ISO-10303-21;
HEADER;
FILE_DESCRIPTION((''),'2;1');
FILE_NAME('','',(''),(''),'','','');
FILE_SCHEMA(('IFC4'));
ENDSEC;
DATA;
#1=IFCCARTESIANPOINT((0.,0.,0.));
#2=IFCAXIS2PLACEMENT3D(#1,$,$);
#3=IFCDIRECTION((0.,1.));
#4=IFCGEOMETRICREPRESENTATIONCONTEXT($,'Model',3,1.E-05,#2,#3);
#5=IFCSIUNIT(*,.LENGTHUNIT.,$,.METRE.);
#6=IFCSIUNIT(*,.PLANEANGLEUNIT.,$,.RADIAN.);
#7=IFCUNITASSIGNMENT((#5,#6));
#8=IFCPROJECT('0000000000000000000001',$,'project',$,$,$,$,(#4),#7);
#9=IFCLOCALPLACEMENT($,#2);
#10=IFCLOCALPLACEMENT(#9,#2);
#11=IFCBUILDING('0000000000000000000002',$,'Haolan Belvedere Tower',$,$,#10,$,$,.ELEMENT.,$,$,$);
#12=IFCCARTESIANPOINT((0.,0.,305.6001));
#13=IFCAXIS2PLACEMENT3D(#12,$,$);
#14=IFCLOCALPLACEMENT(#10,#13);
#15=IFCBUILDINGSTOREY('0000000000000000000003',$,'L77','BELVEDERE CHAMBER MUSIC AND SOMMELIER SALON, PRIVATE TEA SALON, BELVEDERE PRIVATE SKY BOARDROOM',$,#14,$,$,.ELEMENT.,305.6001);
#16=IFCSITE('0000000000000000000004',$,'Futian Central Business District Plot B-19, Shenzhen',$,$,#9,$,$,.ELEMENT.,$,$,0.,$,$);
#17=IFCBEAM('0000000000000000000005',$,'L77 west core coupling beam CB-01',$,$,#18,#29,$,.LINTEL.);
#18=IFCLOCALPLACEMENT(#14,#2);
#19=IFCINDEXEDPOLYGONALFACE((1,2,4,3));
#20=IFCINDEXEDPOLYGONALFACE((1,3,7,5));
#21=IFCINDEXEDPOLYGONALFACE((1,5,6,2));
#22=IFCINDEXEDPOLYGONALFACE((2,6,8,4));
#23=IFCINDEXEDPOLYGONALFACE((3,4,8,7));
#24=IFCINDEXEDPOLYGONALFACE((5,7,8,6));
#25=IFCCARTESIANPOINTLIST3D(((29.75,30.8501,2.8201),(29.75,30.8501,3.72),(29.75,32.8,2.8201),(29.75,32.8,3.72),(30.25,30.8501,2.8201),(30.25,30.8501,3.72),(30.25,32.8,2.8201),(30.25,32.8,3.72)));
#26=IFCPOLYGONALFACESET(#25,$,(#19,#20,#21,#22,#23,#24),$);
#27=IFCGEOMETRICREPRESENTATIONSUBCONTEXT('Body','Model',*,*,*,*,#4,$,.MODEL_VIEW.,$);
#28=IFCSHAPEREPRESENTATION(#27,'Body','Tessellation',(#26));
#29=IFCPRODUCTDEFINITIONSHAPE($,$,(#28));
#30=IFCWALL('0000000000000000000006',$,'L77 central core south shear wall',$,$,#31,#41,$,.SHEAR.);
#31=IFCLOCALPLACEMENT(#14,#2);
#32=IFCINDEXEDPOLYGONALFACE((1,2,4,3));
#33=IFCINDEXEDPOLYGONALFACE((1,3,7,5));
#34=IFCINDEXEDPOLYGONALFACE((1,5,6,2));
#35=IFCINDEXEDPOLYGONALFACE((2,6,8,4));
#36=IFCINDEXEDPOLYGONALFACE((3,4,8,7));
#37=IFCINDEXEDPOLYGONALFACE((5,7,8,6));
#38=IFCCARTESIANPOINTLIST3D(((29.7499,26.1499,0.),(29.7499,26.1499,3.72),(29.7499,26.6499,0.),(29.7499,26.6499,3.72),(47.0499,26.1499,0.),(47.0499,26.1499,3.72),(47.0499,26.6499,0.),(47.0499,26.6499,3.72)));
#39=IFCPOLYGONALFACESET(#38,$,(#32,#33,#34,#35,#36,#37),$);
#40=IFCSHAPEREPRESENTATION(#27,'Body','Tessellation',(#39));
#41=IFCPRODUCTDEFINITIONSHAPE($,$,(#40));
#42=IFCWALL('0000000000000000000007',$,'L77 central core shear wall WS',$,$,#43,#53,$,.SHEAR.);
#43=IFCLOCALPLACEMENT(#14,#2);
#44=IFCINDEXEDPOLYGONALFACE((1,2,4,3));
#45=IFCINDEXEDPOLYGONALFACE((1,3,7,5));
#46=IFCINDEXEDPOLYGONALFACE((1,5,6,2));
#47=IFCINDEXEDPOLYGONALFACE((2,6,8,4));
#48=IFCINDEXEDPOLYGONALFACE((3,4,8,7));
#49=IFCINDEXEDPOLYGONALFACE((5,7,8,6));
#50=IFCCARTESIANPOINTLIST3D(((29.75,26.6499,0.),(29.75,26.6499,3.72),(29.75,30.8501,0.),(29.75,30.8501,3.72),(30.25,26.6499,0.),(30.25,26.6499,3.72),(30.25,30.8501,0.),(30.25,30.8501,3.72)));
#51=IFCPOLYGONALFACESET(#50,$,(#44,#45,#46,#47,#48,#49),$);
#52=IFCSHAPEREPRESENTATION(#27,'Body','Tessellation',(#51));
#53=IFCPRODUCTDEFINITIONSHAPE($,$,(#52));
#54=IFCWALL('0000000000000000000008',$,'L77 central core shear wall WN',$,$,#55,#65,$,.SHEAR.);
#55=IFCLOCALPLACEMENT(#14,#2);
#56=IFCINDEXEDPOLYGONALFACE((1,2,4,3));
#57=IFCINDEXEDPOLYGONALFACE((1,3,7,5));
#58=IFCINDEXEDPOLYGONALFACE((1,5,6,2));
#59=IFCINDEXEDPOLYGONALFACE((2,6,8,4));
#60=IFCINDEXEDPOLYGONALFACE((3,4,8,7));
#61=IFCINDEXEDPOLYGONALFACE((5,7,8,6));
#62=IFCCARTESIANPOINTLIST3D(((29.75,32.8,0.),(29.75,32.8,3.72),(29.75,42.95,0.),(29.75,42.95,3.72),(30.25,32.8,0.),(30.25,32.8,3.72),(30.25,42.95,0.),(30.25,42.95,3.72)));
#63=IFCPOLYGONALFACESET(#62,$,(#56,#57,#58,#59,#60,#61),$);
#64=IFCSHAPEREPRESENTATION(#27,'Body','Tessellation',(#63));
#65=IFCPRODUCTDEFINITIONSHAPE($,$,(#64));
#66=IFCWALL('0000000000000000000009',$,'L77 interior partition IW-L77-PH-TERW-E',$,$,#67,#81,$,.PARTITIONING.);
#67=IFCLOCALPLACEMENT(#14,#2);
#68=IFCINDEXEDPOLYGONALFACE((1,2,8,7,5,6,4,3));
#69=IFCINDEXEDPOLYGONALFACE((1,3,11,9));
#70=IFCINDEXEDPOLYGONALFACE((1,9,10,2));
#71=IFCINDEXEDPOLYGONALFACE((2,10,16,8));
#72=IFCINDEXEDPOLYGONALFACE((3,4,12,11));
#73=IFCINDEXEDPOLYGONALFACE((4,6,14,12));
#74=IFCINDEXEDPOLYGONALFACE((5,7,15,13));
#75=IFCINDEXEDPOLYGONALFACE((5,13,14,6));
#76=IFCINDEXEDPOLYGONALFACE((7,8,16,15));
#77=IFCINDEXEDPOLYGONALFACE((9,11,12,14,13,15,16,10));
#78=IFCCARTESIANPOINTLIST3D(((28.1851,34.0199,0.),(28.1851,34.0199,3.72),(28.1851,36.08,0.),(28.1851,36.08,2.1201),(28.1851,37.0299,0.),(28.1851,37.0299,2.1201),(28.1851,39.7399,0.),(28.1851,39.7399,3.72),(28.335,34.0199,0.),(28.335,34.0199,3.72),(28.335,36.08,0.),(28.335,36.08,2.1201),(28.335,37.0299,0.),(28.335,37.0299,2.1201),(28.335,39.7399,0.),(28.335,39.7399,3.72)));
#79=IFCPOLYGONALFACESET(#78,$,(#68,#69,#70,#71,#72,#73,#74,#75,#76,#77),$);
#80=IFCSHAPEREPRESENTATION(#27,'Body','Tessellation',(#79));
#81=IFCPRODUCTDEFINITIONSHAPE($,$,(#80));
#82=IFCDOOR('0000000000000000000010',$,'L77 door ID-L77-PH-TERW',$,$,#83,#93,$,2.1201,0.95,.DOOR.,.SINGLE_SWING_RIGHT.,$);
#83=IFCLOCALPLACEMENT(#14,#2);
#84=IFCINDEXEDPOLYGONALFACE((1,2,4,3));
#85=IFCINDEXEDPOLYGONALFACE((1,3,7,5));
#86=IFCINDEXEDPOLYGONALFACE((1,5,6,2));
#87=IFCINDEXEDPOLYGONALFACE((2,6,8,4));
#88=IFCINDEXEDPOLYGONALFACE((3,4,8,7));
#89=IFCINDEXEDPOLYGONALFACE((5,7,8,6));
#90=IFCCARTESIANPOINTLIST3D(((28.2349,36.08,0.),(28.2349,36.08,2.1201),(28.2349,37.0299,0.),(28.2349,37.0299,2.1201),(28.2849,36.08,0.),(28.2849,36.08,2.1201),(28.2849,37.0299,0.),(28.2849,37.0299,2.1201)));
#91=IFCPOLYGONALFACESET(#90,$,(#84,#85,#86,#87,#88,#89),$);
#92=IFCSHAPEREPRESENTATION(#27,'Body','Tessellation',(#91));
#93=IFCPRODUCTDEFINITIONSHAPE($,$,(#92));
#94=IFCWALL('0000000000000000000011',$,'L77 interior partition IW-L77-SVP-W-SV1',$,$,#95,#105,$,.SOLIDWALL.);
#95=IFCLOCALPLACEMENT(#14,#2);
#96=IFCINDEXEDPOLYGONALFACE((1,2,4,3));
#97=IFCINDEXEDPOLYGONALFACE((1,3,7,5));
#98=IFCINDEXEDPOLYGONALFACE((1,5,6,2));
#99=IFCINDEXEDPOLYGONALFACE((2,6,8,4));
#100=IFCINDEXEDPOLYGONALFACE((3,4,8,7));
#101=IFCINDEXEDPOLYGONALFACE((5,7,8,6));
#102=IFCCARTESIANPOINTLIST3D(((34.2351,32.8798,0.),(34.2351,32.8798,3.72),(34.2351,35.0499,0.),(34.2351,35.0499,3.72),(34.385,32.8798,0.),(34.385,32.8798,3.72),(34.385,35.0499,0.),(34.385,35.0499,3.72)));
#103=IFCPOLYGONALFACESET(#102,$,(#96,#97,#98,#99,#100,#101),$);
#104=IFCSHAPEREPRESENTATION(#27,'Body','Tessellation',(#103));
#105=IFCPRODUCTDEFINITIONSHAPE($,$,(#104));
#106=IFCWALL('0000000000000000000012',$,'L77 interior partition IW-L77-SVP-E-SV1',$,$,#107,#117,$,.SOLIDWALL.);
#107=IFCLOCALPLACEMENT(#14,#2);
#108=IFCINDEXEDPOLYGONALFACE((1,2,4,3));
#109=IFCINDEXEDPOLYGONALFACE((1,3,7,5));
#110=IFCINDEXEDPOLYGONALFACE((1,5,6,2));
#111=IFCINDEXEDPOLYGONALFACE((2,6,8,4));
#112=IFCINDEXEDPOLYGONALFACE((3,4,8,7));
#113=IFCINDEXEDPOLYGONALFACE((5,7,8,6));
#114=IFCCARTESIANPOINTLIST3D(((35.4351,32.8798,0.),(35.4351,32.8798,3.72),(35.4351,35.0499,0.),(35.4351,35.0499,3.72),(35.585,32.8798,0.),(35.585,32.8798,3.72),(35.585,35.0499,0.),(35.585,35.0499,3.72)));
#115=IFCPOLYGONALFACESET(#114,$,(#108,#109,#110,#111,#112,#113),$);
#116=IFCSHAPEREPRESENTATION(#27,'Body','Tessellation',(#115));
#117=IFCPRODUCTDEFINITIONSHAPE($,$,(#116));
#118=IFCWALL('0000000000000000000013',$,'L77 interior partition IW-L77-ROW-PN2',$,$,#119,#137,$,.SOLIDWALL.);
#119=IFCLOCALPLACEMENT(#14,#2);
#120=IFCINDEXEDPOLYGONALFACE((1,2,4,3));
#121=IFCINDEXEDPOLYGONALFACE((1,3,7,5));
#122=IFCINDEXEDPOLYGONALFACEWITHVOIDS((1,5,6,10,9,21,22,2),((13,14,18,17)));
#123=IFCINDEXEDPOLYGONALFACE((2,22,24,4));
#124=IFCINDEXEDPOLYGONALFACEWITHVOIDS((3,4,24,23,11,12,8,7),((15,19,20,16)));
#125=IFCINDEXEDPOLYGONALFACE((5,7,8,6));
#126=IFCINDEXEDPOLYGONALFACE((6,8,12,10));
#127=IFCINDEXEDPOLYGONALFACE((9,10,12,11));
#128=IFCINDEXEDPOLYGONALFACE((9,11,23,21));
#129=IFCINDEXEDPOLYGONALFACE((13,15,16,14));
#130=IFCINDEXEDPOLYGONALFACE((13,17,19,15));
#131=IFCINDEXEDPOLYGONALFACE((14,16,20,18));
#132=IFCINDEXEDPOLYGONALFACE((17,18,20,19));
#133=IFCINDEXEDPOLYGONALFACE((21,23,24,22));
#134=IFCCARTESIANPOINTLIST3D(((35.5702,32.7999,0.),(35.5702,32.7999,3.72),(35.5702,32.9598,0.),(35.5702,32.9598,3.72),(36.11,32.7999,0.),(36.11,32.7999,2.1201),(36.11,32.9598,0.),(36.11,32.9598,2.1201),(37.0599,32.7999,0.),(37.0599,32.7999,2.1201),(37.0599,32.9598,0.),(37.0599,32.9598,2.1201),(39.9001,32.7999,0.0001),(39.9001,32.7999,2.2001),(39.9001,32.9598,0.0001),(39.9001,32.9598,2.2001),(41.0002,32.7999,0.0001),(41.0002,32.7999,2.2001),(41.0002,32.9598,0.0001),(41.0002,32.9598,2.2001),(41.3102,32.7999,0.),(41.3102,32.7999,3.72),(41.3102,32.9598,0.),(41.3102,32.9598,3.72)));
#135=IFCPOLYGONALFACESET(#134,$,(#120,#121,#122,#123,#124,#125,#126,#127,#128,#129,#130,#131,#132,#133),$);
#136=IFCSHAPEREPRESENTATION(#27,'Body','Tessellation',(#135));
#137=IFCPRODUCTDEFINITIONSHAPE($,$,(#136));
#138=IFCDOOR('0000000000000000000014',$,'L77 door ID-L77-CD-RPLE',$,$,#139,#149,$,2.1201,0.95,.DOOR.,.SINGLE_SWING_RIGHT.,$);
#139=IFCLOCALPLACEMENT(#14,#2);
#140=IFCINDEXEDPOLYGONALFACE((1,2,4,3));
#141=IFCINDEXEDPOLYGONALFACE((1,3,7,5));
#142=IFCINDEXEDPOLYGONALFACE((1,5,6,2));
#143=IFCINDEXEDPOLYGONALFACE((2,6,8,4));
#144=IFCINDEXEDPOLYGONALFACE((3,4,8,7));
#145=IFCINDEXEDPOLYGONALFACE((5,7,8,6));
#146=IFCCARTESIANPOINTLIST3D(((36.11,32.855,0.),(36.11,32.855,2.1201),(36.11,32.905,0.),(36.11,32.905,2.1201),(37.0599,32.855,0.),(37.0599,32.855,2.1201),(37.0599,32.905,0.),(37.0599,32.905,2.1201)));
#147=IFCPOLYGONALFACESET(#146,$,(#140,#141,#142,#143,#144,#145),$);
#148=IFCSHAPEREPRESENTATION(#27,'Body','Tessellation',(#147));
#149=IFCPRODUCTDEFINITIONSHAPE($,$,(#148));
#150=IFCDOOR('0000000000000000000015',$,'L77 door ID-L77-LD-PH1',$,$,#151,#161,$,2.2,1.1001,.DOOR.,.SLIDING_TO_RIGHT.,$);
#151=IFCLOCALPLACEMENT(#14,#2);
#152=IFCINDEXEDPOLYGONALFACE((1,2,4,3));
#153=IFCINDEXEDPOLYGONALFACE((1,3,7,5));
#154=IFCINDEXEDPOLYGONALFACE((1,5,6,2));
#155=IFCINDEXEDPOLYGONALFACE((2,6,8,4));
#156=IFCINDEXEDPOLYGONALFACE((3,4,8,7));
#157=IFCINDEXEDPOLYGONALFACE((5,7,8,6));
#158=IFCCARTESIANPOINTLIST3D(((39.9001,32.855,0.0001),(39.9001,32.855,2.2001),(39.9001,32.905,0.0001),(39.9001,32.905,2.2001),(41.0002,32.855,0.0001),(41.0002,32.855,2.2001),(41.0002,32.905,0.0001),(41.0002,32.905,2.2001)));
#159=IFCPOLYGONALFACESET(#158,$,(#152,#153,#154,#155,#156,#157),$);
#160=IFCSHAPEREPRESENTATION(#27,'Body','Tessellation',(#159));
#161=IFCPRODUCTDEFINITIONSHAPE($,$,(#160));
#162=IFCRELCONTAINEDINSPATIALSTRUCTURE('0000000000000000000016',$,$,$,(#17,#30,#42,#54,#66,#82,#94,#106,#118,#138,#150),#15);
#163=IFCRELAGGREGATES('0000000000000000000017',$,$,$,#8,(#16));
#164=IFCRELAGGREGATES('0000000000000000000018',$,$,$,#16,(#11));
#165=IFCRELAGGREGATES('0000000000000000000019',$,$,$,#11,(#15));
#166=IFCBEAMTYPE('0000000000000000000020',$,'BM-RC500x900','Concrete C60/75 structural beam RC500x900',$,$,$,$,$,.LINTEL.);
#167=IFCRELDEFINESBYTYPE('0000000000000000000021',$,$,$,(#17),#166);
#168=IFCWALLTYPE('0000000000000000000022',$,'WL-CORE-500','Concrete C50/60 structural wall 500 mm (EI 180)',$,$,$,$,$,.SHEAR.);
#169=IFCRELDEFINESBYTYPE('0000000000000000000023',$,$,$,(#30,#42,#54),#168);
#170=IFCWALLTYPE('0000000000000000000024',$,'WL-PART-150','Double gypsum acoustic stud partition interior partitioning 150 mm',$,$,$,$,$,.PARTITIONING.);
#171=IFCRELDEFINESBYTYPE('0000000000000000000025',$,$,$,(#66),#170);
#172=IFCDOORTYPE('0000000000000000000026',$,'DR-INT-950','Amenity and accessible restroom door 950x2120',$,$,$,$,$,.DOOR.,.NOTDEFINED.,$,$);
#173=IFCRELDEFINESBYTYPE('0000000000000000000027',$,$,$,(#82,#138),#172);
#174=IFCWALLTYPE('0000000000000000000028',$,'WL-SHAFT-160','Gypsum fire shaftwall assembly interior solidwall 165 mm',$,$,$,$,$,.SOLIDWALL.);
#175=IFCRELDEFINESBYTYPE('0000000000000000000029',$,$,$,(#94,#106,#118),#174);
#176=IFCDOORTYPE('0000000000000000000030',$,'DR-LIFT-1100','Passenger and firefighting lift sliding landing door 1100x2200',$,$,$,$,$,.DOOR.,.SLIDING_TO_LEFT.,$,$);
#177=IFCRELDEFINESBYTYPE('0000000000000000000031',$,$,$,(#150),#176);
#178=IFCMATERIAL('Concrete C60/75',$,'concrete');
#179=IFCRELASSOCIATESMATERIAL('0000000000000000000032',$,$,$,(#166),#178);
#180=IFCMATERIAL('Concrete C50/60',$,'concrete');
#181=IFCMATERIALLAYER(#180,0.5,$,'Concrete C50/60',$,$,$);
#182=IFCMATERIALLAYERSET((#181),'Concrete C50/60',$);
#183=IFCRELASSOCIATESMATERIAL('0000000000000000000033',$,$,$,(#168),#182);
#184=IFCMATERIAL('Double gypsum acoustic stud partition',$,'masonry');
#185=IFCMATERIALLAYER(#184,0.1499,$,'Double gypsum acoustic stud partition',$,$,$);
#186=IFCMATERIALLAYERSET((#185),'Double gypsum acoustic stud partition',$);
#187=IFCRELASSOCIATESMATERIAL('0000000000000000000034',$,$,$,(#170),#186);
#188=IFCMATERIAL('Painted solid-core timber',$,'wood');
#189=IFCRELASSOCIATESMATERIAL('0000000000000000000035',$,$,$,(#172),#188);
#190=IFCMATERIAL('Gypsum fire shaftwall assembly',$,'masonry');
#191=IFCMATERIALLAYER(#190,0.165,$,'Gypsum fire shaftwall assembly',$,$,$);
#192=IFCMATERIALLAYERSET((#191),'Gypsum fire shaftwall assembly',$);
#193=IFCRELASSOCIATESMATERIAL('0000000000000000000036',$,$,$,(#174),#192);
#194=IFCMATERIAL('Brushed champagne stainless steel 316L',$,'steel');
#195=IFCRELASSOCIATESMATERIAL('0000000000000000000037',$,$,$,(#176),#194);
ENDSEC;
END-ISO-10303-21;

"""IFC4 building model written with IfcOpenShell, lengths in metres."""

from ifc_helpers import new_model, si_unit, direction, frame, frame_2d, origin, origin_2d, place, context, subcontext, project, spatial, rectangle, extrude, material, layer, layer_set, material_profile, profile_set, type_object, element, fill, save


model = new_model("IFC4")

# Units and contexts
model_context = context("Model", 3, precision=1e-05, world=origin(), true_north=direction((0.0, 1.0)))
body_context = subcontext(model_context, "Body", "Model", "MODEL_VIEW")
ifc_project = project(units=[si_unit("LENGTHUNIT", "METRE"), si_unit("PLANEANGLEUNIT", "RADIAN")], contexts=[model_context])

# Site, building, storey
site_placement = place(None, origin())
site = spatial("IfcSite", under=ifc_project, at=site_placement, Name="Futian Central Business District Plot B-19, Shenzhen", CompositionType="ELEMENT", RefElevation=0.0)
building_placement = place(site_placement, origin())
building = spatial("IfcBuilding", under=site, at=building_placement, Name="Haolan Belvedere Tower", CompositionType="ELEMENT")
storey_placement = place(building_placement, frame((0.0, 0.0, 305.6001)))
storey = spatial("IfcBuildingStorey", under=building, at=storey_placement, Name="L77", Description="BELVEDERE CHAMBER MUSIC AND SOMMELIER SALON, PRIVATE TEA SALON, BELVEDERE PRIVATE SKY BOARDROOM", CompositionType="ELEMENT", Elevation=305.6001)

# Beam
ifc_material_1 = material(Name="Concrete C60/75", Category="concrete")
ifc_material_profile = material_profile(ifc_material_1, rectangle(XDim=0.5, YDim=0.8999, at=origin_2d()), Name="Concrete C60/75")
ifc_profile_set = profile_set([ifc_material_profile], Name="Concrete C60/75")
beam_type = type_object("IfcBeamType", Name="BM-RC500x900", Description="Concrete C60/75 structural beam RC500x900", PredefinedType="LINTEL", material=ifc_profile_set)
beam_placement = place(storey_placement, frame((30.0, 30.8501, 3.27), z_axis=(0.0, 1.0, 0.0), x_axis=(-1.0, 0.0, 0.0)))
element("IfcBeam", 1, at=beam_placement, inside=storey, type_object=beam_type, Name="L77 west core coupling beam CB-01", PredefinedType="LINTEL", context=body_context, shape_type="SweptSolid", body=[
    extrude(rectangle(XDim=0.5, YDim=0.8999, at=origin_2d()), origin(), (0.0, 0.0, 1.0), 1.95),
])

# Walls
ifc_material_2 = material(Name="Concrete C50/60", Category="concrete")
ifc_layer_1 = layer(ifc_material_2, 0.5, Name="Concrete C50/60")
ifc_layer_set_1 = layer_set([ifc_layer_1], Name="Concrete C50/60")
wall_type_1 = type_object("IfcWallType", Name="WL-CORE-500", Description="Concrete C50/60 structural wall 500 mm (EI 180)", PredefinedType="SHEAR", material=ifc_layer_set_1)
wall_1_placement = place(storey_placement, frame((29.75, 26.3999, 0.0), z_axis=(0.0, 0.0, 1.0), x_axis=(1.0, 0.0, 0.0)))
element("IfcWall", 2, at=wall_1_placement, inside=storey, type_object=wall_type_1, Name="L77 central core south shear wall", PredefinedType="SHEAR", context=body_context, shape_type="SweptSolid", body=[
    extrude(rectangle(XDim=17.3, YDim=0.5, at=frame_2d((8.6499, 0.0))), origin(), (0.0, 0.0, 1.0), 3.72),
])
wall_2_placement = place(storey_placement, frame((30.0, 26.6499, 0.0), z_axis=(0.0, 0.0, 1.0), x_axis=(0.0, 1.0, 0.0)))
element("IfcWall", 3, at=wall_2_placement, inside=storey, type_object=wall_type_1, Name="L77 central core shear wall WS", PredefinedType="SHEAR", context=body_context, shape_type="SweptSolid", body=[
    extrude(rectangle(XDim=4.2002, YDim=0.5, at=frame_2d((2.1001, 0.0))), origin(), (0.0, 0.0, 1.0), 3.72),
])
wall_3_placement = place(storey_placement, frame((30.0, 32.8, 0.0), z_axis=(0.0, 0.0, 1.0), x_axis=(0.0, 1.0, 0.0)))
element("IfcWall", 4, at=wall_3_placement, inside=storey, type_object=wall_type_1, Name="L77 central core shear wall WN", PredefinedType="SHEAR", context=body_context, shape_type="SweptSolid", body=[
    extrude(rectangle(XDim=10.1499, YDim=0.5, at=frame_2d((5.075, 0.0))), origin(), (0.0, 0.0, 1.0), 3.72),
])

# Wall, opening, door
ifc_material_3 = material(Name="Double gypsum acoustic stud partition", Category="masonry")
ifc_layer_2 = layer(ifc_material_3, 0.1499, Name="Double gypsum acoustic stud partition")
ifc_layer_set_2 = layer_set([ifc_layer_2], Name="Double gypsum acoustic stud partition")
wall_type_2 = type_object("IfcWallType", Name="WL-PART-150", Description="Double gypsum acoustic stud partition interior partitioning 150 mm", PredefinedType="PARTITIONING", material=ifc_layer_set_2)
wall_4_placement = place(storey_placement, frame((28.26, 34.02, 0.0), z_axis=(0.0, 0.0, 1.0), x_axis=(0.0, 1.0, 0.0)))
wall_4 = element("IfcWall", 5, at=wall_4_placement, inside=storey, type_object=wall_type_2, Name="L77 interior partition IW-L77-PH-TERW-E", PredefinedType="PARTITIONING", context=body_context, shape_type="SweptSolid", body=[
    extrude(rectangle(XDim=5.72, YDim=0.1499, at=frame_2d((2.8599, 0.0))), origin(), (0.0, 0.0, 1.0), 3.72),
])
opening_1_placement = place(wall_4_placement, frame((3.01, 0.0, 0.0), z_axis=(0.0, 0.0, 1.0), x_axis=(-1.0, 0.0, 0.0)))
opening_1 = element("IfcOpeningElement", 6, at=opening_1_placement, cuts=wall_4, PredefinedType="OPENING", context=body_context, shape_type="SweptSolid", body=[
    extrude(rectangle(XDim=0.95, YDim=2.1201, at=frame_2d((0.4751, 1.0601))), frame((0.0, 0.085, 0.0), z_axis=(0.0, -1.0, 0.0), x_axis=(1.0, 0.0, 0.0)), (0.0, 0.0, 1.0), 0.1699),
])
ifc_material_4 = material(Name="Painted solid-core timber", Category="wood")
door_type_1 = type_object("IfcDoorType", Name="DR-INT-950", Description="Amenity and accessible restroom door 950x2120", OperationType="NOTDEFINED", PredefinedType="DOOR", material=ifc_material_4)
door_1_placement = place(opening_1_placement, origin())
door_1 = element("IfcDoor", 7, at=door_1_placement, inside=storey, type_object=door_type_1, Name="L77 door ID-L77-PH-TERW", OperationType="SINGLE_SWING_RIGHT", OverallHeight=2.1201, OverallWidth=0.95, PredefinedType="DOOR", context=body_context, shape_type="SweptSolid", body=[
    extrude(rectangle(XDim=0.95, YDim=2.1201, at=frame_2d((0.4751, 1.0601))), frame((0.0, 0.0249, 0.0), z_axis=(0.0, -1.0, 0.0), x_axis=(1.0, 0.0, 0.0)), (0.0, 0.0, 1.0), 0.05),
])
fill(opening_1, door_1)

# Walls
ifc_material_5 = material(Name="Gypsum fire shaftwall assembly", Category="masonry")
ifc_layer_3 = layer(ifc_material_5, 0.165, Name="Gypsum fire shaftwall assembly")
ifc_layer_set_3 = layer_set([ifc_layer_3], Name="Gypsum fire shaftwall assembly")
wall_type_3 = type_object("IfcWallType", Name="WL-SHAFT-160", Description="Gypsum fire shaftwall assembly interior solidwall 165 mm", PredefinedType="SOLIDWALL", material=ifc_layer_set_3)
for number, where, z_axis, x_axis, name in (
    (8, (34.3101, 32.8799, 0.0), (0.0, 0.0, 1.0), (0.0, 1.0, 0.0), "L77 interior partition IW-L77-SVP-W-SV1"),
    (9, (35.51, 32.8799, 0.0), (0.0, 0.0, 1.0), (0.0, 1.0, 0.0), "L77 interior partition IW-L77-SVP-E-SV1"),
):
    element("IfcWall", number, at=place(storey_placement, frame(where, z_axis=z_axis, x_axis=x_axis)), inside=storey, type_object=wall_type_3, Name=name, PredefinedType="SOLIDWALL", context=body_context, shape_type="SweptSolid", body=[
        extrude(rectangle(XDim=2.1702, YDim=0.1499, at=frame_2d((1.085, 0.0))), origin(), (0.0, 0.0, 1.0), 3.72),
    ])

# Wall, openings, doors
wall_5_placement = place(storey_placement, frame((35.5701, 32.8799, 0.0), z_axis=(0.0, 0.0, 1.0), x_axis=(1.0, 0.0, 0.0)))
wall_5 = element("IfcWall", 10, at=wall_5_placement, inside=storey, type_object=wall_type_3, Name="L77 interior partition IW-L77-ROW-PN2", PredefinedType="SOLIDWALL", context=body_context, shape_type="SweptSolid", body=[
    extrude(rectangle(XDim=5.74, YDim=0.1599, at=frame_2d((2.8701, 0.0))), origin(), (0.0, 0.0, 1.0), 3.72),
])
opening_2_placement = place(wall_5_placement, frame((1.49, 0.0, 0.0), z_axis=(0.0, 0.0, 1.0), x_axis=(-1.0, 0.0, 0.0)))
opening_2 = element("IfcOpeningElement", 11, at=opening_2_placement, cuts=wall_5, PredefinedType="OPENING", context=body_context, shape_type="SweptSolid", body=[
    extrude(rectangle(XDim=0.95, YDim=2.1201, at=frame_2d((0.4751, 1.0601))), frame((0.0, 0.0898, 0.0), z_axis=(0.0, -1.0, 0.0), x_axis=(1.0, 0.0, 0.0)), (0.0, 0.0, 1.0), 0.1799),
])
opening_3_placement = place(wall_5_placement, frame((5.4302, 0.0, 0.0), z_axis=(0.0, 0.0, 1.0), x_axis=(-1.0, 0.0, 0.0)))
opening_3 = element("IfcOpeningElement", 12, at=opening_3_placement, cuts=wall_5, PredefinedType="OPENING", context=body_context, shape_type="SweptSolid", body=[
    extrude(rectangle(XDim=1.1001, YDim=2.2, at=frame_2d((0.55, 1.1001))), frame((0.0, 0.0898, 0.0), z_axis=(0.0, -1.0, 0.0), x_axis=(1.0, 0.0, 0.0)), (0.0, 0.0, 1.0), 0.1799),
])
door_2_placement = place(opening_2_placement, origin())
door_2 = element("IfcDoor", 13, at=door_2_placement, inside=storey, type_object=door_type_1, Name="L77 door ID-L77-CD-RPLE", OperationType="SINGLE_SWING_RIGHT", OverallHeight=2.1201, OverallWidth=0.95, PredefinedType="DOOR", context=body_context, shape_type="SweptSolid", body=[
    extrude(rectangle(XDim=0.95, YDim=2.1201, at=frame_2d((0.4751, 1.0601))), frame((0.0, 0.0249, 0.0), z_axis=(0.0, -1.0, 0.0), x_axis=(1.0, 0.0, 0.0)), (0.0, 0.0, 1.0), 0.05),
])
fill(opening_2, door_2)
ifc_material_6 = material(Name="Brushed champagne stainless steel 316L", Category="steel")
door_type_2 = type_object("IfcDoorType", Name="DR-LIFT-1100", Description="Passenger and firefighting lift sliding landing door 1100x2200", OperationType="SLIDING_TO_LEFT", PredefinedType="DOOR", material=ifc_material_6)
door_3_placement = place(opening_3_placement, origin())
door_3 = element("IfcDoor", 14, at=door_3_placement, inside=storey, type_object=door_type_2, Name="L77 door ID-L77-LD-PH1", OperationType="SLIDING_TO_RIGHT", OverallHeight=2.2, OverallWidth=1.1001, PredefinedType="DOOR", context=body_context, shape_type="SweptSolid", body=[
    extrude(rectangle(XDim=1.1001, YDim=2.2, at=frame_2d((0.55, 1.1001))), frame((0.0, 0.0249, 0.0), z_axis=(0.0, -1.0, 0.0), x_axis=(1.0, 0.0, 0.0)), (0.0, 0.0, 1.0), 0.05),
])
fill(opening_3, door_3)

save(model, "model.ifc")
